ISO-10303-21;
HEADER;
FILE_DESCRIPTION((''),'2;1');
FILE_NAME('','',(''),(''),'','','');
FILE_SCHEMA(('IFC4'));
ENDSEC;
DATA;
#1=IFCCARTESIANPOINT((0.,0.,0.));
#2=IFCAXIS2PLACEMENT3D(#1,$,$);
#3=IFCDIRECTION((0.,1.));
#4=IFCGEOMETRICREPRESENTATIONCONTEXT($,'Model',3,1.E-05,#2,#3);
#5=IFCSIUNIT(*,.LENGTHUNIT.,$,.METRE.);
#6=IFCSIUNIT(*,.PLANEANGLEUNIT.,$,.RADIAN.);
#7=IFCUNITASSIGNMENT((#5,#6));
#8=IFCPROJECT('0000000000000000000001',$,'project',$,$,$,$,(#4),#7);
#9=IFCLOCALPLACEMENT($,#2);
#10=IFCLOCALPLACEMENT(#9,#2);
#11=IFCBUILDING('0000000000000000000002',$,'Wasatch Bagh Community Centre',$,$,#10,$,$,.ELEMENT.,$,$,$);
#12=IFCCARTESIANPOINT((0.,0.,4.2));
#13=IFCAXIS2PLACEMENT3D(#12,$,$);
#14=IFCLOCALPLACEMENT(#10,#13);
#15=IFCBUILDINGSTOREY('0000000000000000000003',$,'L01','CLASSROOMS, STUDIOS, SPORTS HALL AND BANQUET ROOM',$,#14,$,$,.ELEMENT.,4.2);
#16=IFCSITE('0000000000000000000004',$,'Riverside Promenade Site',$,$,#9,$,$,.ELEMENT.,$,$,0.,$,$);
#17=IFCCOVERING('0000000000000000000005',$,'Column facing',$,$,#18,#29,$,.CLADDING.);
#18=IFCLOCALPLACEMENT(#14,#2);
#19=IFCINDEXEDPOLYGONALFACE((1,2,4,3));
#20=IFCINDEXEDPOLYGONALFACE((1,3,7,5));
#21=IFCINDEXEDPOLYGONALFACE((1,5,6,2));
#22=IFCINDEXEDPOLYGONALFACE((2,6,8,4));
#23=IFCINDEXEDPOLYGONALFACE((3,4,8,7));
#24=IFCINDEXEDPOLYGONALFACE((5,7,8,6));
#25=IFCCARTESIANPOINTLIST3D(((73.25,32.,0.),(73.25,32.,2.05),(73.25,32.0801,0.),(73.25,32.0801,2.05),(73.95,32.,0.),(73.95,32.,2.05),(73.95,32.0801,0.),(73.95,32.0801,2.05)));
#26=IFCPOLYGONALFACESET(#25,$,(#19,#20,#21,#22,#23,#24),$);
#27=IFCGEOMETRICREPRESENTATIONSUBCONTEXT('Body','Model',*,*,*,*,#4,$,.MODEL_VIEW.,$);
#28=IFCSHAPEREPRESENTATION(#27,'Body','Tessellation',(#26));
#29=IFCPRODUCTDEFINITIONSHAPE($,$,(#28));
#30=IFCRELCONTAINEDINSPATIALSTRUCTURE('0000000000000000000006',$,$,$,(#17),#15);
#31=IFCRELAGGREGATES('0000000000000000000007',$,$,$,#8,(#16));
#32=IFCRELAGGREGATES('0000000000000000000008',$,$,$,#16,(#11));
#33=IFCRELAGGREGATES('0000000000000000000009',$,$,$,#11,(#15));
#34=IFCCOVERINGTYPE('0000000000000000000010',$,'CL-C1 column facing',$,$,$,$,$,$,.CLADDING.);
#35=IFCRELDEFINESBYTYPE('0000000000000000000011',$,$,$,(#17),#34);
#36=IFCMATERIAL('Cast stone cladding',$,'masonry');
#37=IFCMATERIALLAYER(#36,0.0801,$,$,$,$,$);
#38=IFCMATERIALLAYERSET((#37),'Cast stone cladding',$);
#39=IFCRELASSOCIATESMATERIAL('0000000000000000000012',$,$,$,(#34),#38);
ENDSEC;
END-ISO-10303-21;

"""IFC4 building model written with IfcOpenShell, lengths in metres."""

from ifc_helpers import new_model, si_unit, direction, frame, origin, place, context, subcontext, project, spatial, polyline, outline, extrude, material, layer, layer_set, type_object, element, save


model = new_model("IFC4")

# Units and contexts
model_context = context("Model", 3, precision=1e-05, world=origin(), true_north=direction((0.0, 1.0)))
body_context = subcontext(model_context, "Body", "Model", "MODEL_VIEW")
ifc_project = project(units=[si_unit("LENGTHUNIT", "METRE"), si_unit("PLANEANGLEUNIT", "RADIAN")], contexts=[model_context])

# Site, building, storey
site_placement = place(None, origin())
site = spatial("IfcSite", under=ifc_project, at=site_placement, Name="Riverside Promenade Site", CompositionType="ELEMENT", RefElevation=0.0)
building_placement = place(site_placement, origin())
building = spatial("IfcBuilding", under=site, at=building_placement, Name="Wasatch Bagh Community Centre", CompositionType="ELEMENT")
storey_placement = place(building_placement, frame((0.0, 0.0, 4.2)))
storey = spatial("IfcBuildingStorey", under=building, at=storey_placement, Name="L01", Description="CLASSROOMS, STUDIOS, SPORTS HALL AND BANQUET ROOM", CompositionType="ELEMENT", Elevation=4.2)

# Covering
ifc_material = material(Name="Cast stone cladding", Category="masonry")
ifc_layer = layer(ifc_material, 0.0801)
ifc_layer_set = layer_set([ifc_layer], Name="Cast stone cladding")
covering_type = type_object("IfcCoveringType", Name="CL-C1 column facing", PredefinedType="CLADDING", material=ifc_layer_set)
covering_1_placement = place(storey_placement, origin())
element("IfcCovering", 1, at=covering_1_placement, inside=storey, type_object=covering_type, Name="Column facing", PredefinedType="CLADDING", context=body_context, shape_type="SweptSolid", body=[
    extrude(outline(polyline([(73.25, 32.0), (73.25, 32.0801), (73.95, 32.0801), (73.95, 32.0), (73.25, 32.0)])), origin(), (0.0, 0.0, 1.0), 2.05),
])

save(model, "model.ifc")
